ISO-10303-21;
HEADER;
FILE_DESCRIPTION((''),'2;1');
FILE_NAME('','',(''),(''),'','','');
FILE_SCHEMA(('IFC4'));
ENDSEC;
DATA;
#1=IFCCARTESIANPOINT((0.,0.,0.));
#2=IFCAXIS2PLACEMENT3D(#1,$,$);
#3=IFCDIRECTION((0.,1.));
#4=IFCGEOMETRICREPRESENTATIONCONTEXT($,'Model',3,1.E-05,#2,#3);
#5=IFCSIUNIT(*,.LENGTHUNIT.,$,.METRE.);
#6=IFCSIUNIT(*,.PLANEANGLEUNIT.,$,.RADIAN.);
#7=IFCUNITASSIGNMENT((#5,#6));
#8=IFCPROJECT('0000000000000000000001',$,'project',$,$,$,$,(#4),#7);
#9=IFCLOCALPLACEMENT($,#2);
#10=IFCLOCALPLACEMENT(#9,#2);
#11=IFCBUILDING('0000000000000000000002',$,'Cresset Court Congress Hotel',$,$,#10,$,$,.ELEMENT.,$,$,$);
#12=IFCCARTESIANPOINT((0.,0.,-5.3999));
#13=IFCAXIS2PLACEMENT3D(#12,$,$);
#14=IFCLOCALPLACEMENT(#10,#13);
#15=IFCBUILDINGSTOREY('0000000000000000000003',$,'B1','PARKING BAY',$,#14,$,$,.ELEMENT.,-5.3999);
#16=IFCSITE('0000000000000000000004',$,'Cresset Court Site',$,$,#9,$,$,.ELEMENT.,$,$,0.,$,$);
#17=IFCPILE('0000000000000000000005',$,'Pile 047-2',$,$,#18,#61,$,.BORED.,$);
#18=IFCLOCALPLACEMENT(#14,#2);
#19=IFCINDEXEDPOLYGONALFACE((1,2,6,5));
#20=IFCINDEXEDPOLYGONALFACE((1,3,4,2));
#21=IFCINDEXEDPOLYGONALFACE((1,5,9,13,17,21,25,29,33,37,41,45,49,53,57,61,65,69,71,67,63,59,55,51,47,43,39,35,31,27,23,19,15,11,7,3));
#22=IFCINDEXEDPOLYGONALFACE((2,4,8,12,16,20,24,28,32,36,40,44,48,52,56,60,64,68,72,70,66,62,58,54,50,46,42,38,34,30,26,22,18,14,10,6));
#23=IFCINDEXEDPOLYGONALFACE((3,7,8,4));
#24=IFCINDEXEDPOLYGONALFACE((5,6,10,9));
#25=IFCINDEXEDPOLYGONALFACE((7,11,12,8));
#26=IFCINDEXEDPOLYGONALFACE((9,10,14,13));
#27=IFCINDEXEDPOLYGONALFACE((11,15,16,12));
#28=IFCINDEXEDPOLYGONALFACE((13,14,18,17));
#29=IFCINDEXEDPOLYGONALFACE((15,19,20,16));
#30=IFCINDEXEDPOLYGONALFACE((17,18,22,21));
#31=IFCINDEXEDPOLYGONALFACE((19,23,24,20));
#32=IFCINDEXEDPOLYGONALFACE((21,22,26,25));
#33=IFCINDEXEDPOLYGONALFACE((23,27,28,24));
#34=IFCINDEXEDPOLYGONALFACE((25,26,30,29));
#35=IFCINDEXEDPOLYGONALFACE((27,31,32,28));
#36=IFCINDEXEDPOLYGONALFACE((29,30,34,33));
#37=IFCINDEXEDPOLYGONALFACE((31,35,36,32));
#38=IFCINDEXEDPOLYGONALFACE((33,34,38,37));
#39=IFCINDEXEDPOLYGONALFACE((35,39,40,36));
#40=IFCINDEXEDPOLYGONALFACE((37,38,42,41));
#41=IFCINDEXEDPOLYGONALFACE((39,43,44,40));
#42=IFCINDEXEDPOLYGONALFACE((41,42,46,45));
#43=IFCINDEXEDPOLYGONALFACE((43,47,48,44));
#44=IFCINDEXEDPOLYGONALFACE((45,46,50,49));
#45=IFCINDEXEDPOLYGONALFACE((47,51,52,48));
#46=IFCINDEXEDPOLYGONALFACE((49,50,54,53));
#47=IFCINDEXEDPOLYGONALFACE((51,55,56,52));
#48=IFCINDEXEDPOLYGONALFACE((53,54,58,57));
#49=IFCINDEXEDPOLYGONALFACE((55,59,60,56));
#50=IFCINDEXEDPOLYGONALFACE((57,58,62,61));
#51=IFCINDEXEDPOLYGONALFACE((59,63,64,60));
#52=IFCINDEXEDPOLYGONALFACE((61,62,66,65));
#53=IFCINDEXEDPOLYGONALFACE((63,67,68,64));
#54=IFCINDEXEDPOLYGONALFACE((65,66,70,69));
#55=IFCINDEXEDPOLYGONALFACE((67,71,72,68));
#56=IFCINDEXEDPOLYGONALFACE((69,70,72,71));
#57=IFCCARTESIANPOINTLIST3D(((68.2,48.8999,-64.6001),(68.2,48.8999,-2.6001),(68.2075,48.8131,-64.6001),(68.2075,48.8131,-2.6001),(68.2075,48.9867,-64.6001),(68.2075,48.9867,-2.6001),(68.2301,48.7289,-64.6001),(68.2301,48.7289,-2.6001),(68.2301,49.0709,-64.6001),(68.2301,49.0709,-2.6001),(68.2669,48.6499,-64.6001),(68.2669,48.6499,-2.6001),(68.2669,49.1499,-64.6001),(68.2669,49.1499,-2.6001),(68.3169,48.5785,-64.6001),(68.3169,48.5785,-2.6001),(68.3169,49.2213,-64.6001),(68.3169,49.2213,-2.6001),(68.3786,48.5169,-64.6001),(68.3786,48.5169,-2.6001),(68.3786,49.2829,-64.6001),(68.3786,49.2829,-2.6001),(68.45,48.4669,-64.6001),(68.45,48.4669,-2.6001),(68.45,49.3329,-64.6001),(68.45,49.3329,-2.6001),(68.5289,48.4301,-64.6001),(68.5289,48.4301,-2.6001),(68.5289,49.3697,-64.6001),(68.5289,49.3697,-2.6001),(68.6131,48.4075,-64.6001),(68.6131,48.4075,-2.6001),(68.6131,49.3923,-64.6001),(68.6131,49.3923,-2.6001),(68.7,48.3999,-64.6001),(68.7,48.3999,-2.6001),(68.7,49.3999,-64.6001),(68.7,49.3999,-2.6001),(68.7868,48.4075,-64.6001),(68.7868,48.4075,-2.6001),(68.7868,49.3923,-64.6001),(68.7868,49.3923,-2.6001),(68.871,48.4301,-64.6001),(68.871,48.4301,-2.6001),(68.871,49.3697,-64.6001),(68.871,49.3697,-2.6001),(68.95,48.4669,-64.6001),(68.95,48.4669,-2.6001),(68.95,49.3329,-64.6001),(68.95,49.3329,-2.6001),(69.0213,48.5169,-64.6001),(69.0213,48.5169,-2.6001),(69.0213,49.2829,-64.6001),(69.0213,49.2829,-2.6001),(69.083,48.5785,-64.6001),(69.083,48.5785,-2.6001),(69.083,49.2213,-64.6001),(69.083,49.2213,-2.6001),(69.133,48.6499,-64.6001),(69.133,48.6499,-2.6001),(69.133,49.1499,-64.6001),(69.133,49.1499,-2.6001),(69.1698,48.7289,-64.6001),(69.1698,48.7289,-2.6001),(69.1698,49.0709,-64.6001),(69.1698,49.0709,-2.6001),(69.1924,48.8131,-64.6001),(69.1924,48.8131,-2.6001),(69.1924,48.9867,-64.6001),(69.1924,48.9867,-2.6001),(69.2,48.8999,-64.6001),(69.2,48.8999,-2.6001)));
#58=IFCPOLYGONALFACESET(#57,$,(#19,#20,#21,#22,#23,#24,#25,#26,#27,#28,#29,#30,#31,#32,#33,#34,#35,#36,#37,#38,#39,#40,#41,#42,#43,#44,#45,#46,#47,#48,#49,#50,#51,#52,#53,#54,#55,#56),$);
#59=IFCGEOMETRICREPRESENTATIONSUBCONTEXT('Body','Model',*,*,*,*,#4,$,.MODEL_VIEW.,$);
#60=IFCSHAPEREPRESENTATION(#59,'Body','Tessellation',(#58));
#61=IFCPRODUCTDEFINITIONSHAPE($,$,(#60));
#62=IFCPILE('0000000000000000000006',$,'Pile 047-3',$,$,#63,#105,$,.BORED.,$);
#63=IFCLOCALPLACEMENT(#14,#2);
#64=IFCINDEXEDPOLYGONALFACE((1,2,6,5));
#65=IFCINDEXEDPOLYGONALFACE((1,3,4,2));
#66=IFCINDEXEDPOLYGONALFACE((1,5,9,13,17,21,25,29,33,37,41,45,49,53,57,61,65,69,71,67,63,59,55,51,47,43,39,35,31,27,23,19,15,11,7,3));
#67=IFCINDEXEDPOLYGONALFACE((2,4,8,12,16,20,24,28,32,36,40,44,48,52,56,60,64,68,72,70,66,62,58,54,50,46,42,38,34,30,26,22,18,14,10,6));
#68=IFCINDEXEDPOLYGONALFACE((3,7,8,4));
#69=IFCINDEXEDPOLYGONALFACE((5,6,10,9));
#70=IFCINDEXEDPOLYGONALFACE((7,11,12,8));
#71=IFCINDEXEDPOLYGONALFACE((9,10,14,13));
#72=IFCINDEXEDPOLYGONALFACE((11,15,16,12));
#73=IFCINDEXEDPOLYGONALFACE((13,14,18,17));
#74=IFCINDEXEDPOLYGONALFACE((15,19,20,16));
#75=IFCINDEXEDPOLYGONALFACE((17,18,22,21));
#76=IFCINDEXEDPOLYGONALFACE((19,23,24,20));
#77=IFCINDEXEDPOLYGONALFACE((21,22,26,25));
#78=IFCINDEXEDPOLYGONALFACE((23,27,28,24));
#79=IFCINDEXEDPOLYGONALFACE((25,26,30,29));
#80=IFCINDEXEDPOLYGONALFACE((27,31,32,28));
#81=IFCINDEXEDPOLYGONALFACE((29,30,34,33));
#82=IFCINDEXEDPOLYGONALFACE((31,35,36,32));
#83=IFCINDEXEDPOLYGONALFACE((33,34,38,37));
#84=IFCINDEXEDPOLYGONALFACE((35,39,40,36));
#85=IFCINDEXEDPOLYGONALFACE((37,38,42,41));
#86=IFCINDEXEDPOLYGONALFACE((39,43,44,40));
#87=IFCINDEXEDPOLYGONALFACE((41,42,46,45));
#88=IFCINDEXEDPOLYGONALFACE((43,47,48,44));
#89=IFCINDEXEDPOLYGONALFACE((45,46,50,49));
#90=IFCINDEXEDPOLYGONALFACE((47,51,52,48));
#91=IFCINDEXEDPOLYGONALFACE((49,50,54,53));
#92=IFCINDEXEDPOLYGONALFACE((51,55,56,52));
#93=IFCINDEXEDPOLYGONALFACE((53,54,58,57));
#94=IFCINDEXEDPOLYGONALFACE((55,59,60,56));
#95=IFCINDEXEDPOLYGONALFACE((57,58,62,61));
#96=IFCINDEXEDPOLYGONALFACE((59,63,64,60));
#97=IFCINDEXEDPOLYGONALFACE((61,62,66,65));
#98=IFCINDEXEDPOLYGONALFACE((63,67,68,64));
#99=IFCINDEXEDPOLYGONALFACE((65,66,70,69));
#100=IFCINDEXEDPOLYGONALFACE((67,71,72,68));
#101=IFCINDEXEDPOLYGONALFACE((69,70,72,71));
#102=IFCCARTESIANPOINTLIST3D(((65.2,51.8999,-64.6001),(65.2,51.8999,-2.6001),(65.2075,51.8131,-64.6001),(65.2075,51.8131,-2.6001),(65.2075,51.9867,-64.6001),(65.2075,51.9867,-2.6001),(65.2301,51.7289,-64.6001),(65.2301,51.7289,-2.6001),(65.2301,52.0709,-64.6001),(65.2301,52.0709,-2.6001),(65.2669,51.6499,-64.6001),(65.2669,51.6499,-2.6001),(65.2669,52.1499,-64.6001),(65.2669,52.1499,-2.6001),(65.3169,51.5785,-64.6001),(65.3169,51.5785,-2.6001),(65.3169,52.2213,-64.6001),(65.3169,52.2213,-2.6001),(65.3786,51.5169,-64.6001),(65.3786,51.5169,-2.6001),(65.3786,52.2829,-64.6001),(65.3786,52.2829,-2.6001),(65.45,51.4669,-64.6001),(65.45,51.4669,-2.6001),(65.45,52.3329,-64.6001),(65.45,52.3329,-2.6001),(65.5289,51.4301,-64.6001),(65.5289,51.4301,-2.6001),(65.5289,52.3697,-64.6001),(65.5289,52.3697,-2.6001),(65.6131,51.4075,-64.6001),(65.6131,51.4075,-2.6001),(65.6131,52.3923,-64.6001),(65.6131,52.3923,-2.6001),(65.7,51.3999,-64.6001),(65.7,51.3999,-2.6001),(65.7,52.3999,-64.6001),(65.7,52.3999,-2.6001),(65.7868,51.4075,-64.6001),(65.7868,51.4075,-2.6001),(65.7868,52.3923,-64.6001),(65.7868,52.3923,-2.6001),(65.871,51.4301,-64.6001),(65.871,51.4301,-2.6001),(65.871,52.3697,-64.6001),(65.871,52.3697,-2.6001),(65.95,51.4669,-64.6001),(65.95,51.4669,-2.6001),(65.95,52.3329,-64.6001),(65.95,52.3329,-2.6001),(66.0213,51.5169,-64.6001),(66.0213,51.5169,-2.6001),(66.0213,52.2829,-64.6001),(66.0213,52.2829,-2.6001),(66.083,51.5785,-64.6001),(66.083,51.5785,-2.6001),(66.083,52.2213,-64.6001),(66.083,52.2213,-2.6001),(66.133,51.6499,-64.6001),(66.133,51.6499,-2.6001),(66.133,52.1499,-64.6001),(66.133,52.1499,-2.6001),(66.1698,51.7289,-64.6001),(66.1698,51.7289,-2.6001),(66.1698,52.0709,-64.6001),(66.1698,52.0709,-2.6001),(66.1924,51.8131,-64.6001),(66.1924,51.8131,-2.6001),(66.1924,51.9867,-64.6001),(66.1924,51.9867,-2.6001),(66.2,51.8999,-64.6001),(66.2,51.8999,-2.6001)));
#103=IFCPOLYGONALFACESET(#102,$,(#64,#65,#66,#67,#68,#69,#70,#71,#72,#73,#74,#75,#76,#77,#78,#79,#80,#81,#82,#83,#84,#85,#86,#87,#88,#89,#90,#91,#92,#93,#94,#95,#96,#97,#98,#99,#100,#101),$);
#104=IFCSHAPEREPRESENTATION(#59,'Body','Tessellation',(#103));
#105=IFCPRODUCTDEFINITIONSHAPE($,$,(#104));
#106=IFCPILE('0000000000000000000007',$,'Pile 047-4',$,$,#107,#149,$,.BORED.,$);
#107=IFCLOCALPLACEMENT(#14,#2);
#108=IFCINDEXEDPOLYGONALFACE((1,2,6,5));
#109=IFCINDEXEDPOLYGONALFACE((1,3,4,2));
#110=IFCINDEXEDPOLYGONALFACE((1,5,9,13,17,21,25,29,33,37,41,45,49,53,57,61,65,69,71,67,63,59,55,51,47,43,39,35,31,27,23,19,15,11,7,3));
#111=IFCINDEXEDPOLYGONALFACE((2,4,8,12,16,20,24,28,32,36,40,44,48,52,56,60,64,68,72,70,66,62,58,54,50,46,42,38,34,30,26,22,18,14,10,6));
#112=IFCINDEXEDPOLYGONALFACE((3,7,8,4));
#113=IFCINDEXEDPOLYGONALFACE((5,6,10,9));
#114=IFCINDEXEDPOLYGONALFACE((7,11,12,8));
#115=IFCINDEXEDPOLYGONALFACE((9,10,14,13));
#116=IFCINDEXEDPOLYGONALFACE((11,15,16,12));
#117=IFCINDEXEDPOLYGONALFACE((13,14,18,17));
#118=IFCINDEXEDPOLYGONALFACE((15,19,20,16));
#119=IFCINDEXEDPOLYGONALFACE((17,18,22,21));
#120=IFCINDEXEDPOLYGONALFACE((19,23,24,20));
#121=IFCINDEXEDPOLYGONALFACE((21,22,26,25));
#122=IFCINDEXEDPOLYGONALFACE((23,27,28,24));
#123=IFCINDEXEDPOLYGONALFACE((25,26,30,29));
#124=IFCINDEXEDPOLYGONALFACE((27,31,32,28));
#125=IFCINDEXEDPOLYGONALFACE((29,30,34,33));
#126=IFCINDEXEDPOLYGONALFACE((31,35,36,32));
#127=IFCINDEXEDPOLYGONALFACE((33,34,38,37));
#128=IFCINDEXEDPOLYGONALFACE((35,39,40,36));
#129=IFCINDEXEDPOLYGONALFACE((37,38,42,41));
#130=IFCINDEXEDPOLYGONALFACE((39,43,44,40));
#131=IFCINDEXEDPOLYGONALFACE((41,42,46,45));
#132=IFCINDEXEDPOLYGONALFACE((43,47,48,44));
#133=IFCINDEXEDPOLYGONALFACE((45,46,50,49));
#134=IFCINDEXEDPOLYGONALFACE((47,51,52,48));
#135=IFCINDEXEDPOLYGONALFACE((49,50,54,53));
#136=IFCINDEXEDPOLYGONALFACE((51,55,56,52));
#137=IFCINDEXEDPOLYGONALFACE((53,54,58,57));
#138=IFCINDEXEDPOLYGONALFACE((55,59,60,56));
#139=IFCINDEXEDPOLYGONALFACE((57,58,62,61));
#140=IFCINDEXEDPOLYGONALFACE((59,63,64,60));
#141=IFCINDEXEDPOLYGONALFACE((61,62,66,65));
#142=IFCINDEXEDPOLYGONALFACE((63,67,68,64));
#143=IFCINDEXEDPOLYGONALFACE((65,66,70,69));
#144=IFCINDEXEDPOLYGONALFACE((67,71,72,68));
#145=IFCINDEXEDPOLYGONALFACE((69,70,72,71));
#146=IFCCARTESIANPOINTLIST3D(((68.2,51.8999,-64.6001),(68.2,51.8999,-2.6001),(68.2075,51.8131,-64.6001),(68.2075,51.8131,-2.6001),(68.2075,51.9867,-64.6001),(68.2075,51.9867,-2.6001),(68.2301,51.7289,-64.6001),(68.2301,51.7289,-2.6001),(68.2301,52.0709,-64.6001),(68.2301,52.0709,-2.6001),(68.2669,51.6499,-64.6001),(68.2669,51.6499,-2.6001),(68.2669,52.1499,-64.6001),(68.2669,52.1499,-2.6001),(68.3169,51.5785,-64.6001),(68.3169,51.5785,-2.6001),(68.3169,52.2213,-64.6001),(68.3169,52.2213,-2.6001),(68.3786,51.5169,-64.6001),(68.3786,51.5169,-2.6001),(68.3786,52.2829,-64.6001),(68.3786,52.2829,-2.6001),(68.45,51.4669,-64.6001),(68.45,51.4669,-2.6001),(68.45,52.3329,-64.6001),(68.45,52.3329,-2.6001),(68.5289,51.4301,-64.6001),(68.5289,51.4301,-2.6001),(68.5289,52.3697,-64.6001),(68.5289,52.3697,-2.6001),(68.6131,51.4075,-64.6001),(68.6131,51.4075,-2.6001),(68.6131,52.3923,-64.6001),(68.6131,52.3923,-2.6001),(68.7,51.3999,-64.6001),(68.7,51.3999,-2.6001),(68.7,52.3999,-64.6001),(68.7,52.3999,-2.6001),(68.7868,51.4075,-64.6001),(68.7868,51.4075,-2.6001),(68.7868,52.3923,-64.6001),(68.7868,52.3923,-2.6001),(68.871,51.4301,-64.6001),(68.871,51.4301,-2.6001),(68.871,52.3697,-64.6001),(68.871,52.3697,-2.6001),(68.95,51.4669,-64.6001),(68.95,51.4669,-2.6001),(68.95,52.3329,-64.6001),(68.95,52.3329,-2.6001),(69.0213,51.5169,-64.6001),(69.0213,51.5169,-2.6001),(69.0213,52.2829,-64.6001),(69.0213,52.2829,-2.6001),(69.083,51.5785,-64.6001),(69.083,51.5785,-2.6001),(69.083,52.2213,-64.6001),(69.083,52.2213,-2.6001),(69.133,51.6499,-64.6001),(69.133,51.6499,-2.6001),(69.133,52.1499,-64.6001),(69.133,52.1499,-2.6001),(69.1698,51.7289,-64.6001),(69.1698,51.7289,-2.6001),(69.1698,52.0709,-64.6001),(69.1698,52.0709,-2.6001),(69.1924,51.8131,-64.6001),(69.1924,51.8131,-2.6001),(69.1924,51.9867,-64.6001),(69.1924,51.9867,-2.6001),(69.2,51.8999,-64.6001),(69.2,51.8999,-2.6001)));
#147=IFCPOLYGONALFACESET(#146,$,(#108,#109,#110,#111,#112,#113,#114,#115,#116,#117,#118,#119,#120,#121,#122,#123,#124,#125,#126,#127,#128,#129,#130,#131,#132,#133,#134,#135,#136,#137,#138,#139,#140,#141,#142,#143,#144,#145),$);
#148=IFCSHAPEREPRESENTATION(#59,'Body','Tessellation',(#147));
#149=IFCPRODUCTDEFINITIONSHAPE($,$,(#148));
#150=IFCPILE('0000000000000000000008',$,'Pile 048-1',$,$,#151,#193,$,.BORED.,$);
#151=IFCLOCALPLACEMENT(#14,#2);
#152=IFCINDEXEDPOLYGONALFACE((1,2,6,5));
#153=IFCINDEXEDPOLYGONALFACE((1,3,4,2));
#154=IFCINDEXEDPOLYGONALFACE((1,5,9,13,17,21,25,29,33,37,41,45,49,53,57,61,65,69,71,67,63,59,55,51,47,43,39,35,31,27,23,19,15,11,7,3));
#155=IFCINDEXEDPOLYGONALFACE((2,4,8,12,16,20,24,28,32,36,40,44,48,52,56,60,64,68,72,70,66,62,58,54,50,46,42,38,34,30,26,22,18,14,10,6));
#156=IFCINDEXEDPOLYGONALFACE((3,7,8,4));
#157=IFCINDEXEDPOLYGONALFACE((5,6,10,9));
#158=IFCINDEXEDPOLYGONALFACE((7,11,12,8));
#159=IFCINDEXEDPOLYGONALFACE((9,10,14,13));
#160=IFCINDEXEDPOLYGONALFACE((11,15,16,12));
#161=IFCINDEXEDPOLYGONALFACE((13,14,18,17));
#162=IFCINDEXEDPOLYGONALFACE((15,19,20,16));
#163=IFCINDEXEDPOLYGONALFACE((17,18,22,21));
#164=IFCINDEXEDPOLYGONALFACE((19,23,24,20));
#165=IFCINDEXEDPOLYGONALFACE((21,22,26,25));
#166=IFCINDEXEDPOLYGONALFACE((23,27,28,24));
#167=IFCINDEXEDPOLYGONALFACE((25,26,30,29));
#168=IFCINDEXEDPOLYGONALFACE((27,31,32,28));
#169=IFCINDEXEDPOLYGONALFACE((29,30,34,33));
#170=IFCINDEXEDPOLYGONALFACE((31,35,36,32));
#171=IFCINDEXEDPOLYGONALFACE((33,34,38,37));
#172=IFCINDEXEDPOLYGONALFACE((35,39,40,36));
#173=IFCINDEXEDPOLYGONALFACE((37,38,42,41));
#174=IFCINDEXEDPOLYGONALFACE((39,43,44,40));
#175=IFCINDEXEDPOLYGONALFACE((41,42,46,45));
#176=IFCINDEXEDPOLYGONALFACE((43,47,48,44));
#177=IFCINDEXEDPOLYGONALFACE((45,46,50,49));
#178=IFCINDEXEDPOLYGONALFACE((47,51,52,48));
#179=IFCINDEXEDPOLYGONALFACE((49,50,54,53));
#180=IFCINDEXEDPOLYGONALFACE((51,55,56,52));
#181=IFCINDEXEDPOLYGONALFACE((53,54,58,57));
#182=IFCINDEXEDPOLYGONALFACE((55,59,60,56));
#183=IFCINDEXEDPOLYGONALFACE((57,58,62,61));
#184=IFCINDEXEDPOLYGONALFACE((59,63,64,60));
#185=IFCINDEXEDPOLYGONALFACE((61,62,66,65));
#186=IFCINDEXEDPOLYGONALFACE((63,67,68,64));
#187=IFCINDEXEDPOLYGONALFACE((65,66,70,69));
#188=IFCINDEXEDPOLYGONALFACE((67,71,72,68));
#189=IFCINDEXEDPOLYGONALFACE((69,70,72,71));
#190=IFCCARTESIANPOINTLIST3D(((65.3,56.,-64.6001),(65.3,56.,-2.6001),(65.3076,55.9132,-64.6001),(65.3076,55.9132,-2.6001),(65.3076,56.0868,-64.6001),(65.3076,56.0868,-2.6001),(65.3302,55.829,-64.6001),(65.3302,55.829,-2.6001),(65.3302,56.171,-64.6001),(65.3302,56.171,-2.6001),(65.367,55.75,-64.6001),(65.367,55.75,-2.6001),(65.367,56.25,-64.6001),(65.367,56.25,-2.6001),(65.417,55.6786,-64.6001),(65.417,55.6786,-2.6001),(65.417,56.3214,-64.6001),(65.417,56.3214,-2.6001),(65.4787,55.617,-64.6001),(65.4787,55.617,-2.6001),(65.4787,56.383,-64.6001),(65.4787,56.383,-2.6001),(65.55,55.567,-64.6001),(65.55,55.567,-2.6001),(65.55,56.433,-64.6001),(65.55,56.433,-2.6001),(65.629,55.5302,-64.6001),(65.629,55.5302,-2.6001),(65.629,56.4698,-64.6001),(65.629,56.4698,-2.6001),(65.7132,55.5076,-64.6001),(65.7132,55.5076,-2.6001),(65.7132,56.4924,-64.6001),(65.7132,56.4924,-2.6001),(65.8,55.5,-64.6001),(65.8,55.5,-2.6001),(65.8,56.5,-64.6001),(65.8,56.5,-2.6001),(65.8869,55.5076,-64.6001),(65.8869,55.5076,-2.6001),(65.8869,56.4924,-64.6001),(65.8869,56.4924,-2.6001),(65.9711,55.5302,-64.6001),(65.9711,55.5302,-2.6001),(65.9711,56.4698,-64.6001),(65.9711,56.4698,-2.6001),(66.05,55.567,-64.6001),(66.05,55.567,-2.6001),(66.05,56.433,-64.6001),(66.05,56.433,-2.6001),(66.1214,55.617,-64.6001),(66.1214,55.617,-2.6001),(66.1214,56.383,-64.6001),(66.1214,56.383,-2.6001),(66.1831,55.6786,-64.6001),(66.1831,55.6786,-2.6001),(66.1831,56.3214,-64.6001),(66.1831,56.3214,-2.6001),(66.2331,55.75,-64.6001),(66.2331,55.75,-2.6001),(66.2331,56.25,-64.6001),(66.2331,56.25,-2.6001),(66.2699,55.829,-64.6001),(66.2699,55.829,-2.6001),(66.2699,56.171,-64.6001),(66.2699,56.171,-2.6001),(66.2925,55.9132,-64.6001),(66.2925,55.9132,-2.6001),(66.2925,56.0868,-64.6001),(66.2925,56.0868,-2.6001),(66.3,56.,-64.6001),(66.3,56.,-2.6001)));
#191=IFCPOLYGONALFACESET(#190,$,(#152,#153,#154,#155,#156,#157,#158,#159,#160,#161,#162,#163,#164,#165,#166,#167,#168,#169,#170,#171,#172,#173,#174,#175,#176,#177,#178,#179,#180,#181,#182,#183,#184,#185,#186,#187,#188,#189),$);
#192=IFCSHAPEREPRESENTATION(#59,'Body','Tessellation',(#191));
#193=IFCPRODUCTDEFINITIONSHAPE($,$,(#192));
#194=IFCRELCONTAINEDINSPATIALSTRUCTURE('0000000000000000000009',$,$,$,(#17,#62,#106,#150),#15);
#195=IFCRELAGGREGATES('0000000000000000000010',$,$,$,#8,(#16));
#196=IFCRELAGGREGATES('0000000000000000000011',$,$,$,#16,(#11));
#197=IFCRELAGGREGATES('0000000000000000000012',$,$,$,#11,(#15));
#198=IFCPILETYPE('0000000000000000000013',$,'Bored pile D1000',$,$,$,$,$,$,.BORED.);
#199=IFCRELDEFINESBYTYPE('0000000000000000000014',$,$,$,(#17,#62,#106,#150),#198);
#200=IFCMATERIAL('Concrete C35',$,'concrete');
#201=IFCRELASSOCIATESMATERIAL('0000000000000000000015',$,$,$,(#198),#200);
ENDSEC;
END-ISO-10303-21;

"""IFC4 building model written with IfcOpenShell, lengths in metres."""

from ifc_helpers import new_model, si_unit, direction, frame, origin, origin_2d, place, context, subcontext, project, spatial, circle, extrude, material, type_object, element, save


model = new_model("IFC4")

# Units and contexts
model_context = context("Model", 3, precision=1e-05, world=origin(), true_north=direction((0.0, 1.0)))
body_context = subcontext(model_context, "Body", "Model", "MODEL_VIEW")
ifc_project = project(units=[si_unit("LENGTHUNIT", "METRE"), si_unit("PLANEANGLEUNIT", "RADIAN")], contexts=[model_context])

# Site, building, storey
site_placement = place(None, origin())
site = spatial("IfcSite", under=ifc_project, at=site_placement, Name="Cresset Court Site", CompositionType="ELEMENT", RefElevation=0.0)
building_placement = place(site_placement, origin())
building = spatial("IfcBuilding", under=site, at=building_placement, Name="Cresset Court Congress Hotel", CompositionType="ELEMENT")
storey_placement = place(building_placement, frame((0.0, 0.0, -5.3999)))
storey = spatial("IfcBuildingStorey", under=building, at=storey_placement, Name="B1", Description="PARKING BAY", CompositionType="ELEMENT", Elevation=-5.3999)

# Piles
ifc_material_1 = material(Name="Concrete C35", Category="concrete")
pile_type = type_object("IfcPileType", Name="Bored pile D1000", PredefinedType="BORED", material=ifc_material_1)
for number, where, z_axis, x_axis, name in (
    (1, (68.7, 48.8999, -2.6001), (0.0, 0.0, -1.0), (1.0, 0.0, 0.0), "Pile 047-2"),
    (2, (65.7, 51.8999, -2.6001), (0.0, 0.0, -1.0), (1.0, 0.0, 0.0), "Pile 047-3"),
    (3, (68.7, 51.8999, -2.6001), (0.0, 0.0, -1.0), (1.0, 0.0, 0.0), "Pile 047-4"),
    (4, (65.8, 56.0, -2.6001), (0.0, 0.0, -1.0), (1.0, 0.0, 0.0), "Pile 048-1"),
):
    element("IfcPile", number, at=place(storey_placement, frame(where, z_axis=z_axis, x_axis=x_axis)), inside=storey, type_object=pile_type, Name=name, PredefinedType="BORED", context=body_context, shape_type="SweptSolid", body=[
        extrude(circle(Radius=0.5, at=origin_2d()), origin(), (0.0, 0.0, 1.0), 62.0),
    ])

save(model, "model.ifc")
